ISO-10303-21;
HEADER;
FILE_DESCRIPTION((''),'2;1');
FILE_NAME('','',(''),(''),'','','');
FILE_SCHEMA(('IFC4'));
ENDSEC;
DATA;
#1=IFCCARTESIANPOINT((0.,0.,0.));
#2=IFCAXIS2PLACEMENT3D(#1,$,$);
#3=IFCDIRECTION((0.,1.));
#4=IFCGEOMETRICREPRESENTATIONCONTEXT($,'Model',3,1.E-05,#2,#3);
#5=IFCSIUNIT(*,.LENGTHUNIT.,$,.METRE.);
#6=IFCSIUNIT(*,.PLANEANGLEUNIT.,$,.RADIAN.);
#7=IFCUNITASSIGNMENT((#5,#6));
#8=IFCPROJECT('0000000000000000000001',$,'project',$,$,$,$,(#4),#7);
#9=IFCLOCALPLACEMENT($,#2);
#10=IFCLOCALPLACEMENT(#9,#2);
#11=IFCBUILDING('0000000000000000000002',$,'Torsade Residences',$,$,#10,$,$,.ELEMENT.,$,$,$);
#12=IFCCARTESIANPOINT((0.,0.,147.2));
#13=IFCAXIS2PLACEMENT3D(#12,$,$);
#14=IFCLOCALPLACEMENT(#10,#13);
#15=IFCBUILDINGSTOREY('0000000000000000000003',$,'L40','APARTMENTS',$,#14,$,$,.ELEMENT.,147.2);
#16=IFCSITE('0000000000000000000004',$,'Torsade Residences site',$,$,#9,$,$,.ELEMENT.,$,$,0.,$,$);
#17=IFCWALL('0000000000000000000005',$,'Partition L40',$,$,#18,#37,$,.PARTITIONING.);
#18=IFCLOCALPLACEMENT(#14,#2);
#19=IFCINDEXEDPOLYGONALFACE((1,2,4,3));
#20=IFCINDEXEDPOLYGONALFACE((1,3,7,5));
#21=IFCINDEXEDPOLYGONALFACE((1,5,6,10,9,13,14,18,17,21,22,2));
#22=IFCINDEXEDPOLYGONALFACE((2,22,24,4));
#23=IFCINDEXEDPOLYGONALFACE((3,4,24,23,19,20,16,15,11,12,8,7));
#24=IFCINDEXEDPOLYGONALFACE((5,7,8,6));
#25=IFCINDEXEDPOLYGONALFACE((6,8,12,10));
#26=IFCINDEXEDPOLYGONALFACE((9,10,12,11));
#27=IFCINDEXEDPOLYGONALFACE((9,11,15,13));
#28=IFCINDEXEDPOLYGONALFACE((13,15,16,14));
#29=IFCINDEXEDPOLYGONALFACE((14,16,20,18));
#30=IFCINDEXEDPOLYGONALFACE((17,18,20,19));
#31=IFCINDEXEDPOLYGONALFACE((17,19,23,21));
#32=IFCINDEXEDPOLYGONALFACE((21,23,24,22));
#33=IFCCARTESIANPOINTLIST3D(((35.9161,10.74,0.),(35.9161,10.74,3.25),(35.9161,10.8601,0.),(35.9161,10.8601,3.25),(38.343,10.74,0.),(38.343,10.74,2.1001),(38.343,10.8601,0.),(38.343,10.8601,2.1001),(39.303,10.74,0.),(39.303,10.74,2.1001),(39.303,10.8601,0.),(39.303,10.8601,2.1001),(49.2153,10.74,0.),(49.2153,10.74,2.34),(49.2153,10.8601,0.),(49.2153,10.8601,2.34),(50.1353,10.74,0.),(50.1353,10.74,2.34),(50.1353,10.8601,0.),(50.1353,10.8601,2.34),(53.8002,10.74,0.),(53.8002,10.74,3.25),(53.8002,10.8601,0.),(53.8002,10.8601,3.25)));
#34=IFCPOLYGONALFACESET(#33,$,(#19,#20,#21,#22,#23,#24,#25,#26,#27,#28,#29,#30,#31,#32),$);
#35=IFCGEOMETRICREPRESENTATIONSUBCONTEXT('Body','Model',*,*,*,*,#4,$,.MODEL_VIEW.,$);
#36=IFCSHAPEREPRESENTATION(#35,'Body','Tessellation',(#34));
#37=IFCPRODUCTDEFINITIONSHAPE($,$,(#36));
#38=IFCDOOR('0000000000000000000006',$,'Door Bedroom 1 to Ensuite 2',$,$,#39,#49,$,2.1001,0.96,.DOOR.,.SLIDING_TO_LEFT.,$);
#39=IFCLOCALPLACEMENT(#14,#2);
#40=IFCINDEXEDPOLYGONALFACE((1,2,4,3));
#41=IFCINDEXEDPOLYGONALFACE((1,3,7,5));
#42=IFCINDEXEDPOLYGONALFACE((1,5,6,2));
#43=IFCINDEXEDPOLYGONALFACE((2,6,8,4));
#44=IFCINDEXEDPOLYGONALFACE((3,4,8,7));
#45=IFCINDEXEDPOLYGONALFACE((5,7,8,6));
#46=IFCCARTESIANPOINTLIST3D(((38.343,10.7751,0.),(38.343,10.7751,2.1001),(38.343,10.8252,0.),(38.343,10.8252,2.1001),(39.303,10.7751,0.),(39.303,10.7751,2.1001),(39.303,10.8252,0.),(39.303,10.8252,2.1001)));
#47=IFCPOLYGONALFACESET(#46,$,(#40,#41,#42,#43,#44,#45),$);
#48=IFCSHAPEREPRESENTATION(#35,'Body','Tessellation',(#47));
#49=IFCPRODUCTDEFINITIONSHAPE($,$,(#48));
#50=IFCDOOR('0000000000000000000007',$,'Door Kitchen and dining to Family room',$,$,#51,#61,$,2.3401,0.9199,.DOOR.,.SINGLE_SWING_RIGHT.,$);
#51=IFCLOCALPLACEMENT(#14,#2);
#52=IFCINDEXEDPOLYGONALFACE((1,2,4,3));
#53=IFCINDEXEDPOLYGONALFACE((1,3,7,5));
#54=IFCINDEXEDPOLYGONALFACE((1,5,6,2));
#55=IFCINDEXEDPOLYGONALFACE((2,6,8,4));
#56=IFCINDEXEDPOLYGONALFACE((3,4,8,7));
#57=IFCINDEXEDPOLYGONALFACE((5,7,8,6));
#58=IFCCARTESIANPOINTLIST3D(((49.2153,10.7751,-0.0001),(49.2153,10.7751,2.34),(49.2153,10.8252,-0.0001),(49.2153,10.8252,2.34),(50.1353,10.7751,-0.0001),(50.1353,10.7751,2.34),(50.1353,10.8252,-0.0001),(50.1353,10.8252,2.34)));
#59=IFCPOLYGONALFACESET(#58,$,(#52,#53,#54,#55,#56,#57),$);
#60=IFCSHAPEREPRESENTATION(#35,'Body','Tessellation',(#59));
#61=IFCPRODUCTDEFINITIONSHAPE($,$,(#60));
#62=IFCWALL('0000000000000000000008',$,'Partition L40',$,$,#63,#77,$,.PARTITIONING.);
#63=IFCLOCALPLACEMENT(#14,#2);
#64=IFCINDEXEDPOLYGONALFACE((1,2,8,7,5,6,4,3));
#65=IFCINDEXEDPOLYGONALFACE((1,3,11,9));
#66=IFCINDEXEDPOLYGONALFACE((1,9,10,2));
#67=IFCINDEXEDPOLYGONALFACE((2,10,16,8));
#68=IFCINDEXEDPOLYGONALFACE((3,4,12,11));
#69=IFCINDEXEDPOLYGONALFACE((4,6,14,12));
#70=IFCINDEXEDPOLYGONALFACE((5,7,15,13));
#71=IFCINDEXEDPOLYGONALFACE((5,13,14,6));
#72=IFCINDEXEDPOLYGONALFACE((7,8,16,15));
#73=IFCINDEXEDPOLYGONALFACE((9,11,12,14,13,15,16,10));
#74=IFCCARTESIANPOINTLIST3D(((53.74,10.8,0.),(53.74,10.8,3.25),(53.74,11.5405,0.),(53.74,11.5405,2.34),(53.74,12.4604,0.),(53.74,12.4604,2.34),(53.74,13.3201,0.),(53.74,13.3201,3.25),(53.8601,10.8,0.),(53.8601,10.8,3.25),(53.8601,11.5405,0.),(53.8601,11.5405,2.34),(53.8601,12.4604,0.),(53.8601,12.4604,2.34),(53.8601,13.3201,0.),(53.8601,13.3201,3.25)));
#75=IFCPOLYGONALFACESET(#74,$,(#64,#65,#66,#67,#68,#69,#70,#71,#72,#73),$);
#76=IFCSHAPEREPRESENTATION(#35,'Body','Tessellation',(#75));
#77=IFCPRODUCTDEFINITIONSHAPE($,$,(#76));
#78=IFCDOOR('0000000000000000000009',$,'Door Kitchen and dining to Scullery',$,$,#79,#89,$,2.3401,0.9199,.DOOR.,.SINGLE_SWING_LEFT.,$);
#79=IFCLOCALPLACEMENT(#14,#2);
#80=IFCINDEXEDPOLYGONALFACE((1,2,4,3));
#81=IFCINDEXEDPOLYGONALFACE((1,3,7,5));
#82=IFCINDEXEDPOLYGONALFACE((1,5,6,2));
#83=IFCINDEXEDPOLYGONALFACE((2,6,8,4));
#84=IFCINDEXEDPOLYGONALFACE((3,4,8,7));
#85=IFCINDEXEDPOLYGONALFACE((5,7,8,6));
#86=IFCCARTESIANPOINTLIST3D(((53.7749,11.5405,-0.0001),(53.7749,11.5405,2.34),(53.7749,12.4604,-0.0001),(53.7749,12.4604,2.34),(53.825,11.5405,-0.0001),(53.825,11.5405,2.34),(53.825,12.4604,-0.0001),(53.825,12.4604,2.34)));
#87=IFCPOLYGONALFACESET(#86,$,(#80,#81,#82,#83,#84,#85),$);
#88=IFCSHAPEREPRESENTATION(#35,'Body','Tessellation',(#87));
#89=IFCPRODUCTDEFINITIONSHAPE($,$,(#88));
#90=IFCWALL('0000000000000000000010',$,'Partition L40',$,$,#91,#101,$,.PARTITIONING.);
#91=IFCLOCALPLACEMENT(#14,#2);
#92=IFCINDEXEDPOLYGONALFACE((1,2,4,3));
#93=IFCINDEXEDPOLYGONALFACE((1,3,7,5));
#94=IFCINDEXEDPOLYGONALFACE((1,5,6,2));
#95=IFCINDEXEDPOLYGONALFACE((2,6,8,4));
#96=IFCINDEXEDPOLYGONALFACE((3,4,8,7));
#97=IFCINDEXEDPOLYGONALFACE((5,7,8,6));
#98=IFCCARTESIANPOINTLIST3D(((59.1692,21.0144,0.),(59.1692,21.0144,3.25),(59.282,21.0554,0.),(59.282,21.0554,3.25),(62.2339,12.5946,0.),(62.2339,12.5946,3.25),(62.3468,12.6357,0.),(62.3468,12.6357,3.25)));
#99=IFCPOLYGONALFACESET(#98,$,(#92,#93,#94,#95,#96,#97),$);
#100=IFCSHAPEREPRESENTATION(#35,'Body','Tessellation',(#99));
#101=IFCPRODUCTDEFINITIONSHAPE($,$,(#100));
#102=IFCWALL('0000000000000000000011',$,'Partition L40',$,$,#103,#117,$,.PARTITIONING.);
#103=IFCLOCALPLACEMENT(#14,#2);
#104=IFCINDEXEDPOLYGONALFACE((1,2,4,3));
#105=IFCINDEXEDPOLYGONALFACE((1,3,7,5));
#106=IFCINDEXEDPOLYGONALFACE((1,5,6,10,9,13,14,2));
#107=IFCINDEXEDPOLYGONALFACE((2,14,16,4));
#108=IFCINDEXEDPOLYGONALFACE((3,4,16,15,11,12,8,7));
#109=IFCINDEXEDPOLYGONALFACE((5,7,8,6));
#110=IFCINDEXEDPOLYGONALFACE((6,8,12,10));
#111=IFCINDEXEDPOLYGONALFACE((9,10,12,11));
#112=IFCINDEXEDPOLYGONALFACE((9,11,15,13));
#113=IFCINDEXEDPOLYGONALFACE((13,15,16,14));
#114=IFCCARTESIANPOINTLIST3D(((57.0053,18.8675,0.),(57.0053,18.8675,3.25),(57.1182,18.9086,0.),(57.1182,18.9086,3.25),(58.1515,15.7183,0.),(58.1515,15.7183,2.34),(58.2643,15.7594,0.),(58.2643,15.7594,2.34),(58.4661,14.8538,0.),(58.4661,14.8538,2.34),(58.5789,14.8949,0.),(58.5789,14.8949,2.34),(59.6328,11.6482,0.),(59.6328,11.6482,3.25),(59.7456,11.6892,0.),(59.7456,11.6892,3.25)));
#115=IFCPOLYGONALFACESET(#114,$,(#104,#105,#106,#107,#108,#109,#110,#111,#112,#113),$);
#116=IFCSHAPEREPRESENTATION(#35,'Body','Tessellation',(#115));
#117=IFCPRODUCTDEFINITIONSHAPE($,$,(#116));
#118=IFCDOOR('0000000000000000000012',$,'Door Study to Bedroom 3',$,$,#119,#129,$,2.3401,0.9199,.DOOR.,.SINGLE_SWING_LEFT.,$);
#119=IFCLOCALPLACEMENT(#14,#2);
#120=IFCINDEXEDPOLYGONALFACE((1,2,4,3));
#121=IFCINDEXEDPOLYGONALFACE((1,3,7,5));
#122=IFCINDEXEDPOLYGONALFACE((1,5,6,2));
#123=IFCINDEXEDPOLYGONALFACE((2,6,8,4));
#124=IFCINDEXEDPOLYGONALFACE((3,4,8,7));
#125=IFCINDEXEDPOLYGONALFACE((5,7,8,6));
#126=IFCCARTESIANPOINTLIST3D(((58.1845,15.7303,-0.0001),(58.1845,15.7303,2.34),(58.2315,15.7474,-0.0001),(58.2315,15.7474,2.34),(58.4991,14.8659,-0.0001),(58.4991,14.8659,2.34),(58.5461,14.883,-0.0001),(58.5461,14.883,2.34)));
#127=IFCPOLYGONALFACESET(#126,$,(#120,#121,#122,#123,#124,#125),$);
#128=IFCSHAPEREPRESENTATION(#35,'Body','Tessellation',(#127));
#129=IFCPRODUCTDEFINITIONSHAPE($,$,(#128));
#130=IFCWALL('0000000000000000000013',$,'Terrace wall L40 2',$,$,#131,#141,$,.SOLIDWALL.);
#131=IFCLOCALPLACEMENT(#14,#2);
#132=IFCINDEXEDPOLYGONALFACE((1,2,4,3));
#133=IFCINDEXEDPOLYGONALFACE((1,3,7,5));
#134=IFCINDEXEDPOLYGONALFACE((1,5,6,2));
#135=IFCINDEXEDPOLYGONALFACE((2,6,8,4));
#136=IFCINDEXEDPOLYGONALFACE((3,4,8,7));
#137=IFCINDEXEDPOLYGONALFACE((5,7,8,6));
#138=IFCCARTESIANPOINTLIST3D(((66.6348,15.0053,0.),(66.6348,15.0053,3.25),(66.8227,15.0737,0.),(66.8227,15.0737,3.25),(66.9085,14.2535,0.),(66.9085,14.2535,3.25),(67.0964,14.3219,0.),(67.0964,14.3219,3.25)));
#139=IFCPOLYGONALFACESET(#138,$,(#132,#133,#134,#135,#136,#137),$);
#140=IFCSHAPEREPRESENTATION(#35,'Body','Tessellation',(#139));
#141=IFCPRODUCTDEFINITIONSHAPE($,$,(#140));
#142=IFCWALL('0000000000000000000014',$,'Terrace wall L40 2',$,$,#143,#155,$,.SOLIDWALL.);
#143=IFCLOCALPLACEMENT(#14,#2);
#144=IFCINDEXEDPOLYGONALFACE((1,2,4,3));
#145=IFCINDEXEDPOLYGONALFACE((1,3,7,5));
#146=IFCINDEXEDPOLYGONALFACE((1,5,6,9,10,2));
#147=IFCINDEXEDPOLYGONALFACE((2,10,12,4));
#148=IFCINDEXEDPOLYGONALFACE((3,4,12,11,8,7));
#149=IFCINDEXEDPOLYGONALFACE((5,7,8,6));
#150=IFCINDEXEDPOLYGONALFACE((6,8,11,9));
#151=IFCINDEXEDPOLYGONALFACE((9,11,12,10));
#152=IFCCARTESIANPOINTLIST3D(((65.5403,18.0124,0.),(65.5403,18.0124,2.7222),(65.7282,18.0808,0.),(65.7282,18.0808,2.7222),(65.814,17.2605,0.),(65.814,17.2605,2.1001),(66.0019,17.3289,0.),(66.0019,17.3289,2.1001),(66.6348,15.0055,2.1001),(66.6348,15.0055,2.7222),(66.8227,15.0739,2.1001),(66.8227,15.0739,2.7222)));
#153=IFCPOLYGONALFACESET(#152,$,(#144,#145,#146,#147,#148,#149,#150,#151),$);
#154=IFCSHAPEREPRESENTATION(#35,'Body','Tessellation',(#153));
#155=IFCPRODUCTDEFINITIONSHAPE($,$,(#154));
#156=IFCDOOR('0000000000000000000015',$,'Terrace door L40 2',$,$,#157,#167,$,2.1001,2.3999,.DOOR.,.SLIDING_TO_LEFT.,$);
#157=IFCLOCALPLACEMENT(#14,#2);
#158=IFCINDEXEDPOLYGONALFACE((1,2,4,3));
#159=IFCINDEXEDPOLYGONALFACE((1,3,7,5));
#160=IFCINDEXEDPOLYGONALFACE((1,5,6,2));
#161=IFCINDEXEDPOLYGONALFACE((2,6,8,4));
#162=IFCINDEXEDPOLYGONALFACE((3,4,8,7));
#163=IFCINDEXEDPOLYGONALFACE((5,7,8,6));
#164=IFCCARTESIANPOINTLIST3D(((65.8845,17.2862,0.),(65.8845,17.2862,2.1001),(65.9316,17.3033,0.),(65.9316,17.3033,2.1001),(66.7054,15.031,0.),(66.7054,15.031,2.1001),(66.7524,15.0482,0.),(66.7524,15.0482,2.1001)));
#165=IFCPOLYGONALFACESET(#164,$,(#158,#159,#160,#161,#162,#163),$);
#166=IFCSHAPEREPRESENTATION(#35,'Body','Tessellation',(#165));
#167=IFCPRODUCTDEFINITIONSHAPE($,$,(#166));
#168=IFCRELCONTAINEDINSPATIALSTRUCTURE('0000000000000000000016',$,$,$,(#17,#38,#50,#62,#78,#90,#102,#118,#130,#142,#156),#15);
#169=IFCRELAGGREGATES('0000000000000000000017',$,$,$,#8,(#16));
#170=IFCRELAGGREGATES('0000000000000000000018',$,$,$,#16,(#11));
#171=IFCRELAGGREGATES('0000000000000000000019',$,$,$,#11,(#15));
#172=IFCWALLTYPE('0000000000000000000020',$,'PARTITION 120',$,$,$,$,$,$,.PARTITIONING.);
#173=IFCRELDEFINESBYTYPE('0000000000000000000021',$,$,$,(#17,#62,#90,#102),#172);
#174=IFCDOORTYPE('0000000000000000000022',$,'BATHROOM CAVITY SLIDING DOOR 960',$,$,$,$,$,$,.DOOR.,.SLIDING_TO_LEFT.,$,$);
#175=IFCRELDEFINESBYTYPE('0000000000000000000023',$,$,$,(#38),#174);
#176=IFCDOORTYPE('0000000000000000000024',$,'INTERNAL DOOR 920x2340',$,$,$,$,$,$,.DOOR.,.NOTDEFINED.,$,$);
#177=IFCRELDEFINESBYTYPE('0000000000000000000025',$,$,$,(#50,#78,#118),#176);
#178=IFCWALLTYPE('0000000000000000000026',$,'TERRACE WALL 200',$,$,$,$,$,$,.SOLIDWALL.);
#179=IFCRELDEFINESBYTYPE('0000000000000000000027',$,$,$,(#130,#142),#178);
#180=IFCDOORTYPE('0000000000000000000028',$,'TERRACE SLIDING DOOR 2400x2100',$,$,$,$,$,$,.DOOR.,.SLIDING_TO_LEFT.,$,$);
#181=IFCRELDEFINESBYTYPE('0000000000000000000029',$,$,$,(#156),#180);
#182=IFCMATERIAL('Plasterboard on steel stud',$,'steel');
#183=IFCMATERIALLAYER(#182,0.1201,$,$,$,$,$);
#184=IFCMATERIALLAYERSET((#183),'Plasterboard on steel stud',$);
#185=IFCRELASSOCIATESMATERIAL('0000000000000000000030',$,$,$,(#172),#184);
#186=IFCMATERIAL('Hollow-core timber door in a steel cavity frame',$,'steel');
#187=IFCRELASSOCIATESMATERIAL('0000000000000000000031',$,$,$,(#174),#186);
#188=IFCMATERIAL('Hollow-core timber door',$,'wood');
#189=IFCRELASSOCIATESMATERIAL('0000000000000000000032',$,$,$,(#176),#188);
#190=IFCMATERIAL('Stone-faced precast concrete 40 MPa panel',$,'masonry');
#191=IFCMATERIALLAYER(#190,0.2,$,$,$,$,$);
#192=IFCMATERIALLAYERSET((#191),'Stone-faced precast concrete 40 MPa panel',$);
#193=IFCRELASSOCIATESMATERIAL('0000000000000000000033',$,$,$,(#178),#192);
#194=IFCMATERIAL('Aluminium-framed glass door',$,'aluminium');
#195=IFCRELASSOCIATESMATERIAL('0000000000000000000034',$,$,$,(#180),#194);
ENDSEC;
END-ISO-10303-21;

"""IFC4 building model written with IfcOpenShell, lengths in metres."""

from ifc_helpers import new_model, si_unit, direction, frame, frame_2d, origin, place, context, subcontext, project, spatial, rectangle, extrude, material, layer, layer_set, type_object, element, fill, save


model = new_model("IFC4")

# Units and contexts
model_context = context("Model", 3, precision=1e-05, world=origin(), true_north=direction((0.0, 1.0)))
body_context = subcontext(model_context, "Body", "Model", "MODEL_VIEW")
ifc_project = project(units=[si_unit("LENGTHUNIT", "METRE"), si_unit("PLANEANGLEUNIT", "RADIAN")], contexts=[model_context])

# Site, building, storey
site_placement = place(None, origin())
site = spatial("IfcSite", under=ifc_project, at=site_placement, Name="Torsade Residences site", CompositionType="ELEMENT", RefElevation=0.0)
building_placement = place(site_placement, origin())
building = spatial("IfcBuilding", under=site, at=building_placement, Name="Torsade Residences", CompositionType="ELEMENT")
storey_placement = place(building_placement, frame((0.0, 0.0, 147.2)))
storey = spatial("IfcBuildingStorey", under=building, at=storey_placement, Name="L40", Description="APARTMENTS", CompositionType="ELEMENT", Elevation=147.2)

# Wall, openings, doors
ifc_material_1 = material(Name="Plasterboard on steel stud", Category="steel")
ifc_layer_1 = layer(ifc_material_1, 0.1201)
ifc_layer_set_1 = layer_set([ifc_layer_1], Name="Plasterboard on steel stud")
wall_type_1 = type_object("IfcWallType", Name="PARTITION 120", PredefinedType="PARTITIONING", material=ifc_layer_set_1)
wall_1_placement = place(storey_placement, frame((53.8, 10.8, 0.0), z_axis=(0.0, 0.0, 1.0), x_axis=(-1.0, 0.0, 0.0)))
wall_1 = element("IfcWall", 1, at=wall_1_placement, inside=storey, type_object=wall_type_1, Name="Partition L40", PredefinedType="PARTITIONING", context=body_context, shape_type="SweptSolid", body=[
    extrude(rectangle(XDim=17.884, YDim=0.1201, at=frame_2d((8.9419, 0.0))), origin(), (0.0, 0.0, 1.0), 3.25),
])
opening_1_placement = place(wall_1_placement, frame((3.6648, 0.0, 0.0)))
opening_1 = element("IfcOpeningElement", 2, at=opening_1_placement, cuts=wall_1, PredefinedType="OPENING", context=body_context, shape_type="SweptSolid", body=[
    extrude(rectangle(XDim=0.9199, YDim=2.3401, at=frame_2d((0.46, 1.1699))), frame((0.0, 0.0701, 0.0), z_axis=(0.0, -1.0, 0.0), x_axis=(1.0, 0.0, 0.0)), (0.0, 0.0, 1.0), 0.1401),
])
opening_2_placement = place(wall_1_placement, frame((14.4971, 0.0, 0.0)))
opening_2 = element("IfcOpeningElement", 3, at=opening_2_placement, cuts=wall_1, PredefinedType="OPENING", context=body_context, shape_type="SweptSolid", body=[
    extrude(rectangle(XDim=0.96, YDim=2.1001, at=frame_2d((0.48, 1.05))), frame((0.0, 0.0701, 0.0), z_axis=(0.0, -1.0, 0.0), x_axis=(1.0, 0.0, 0.0)), (0.0, 0.0, 1.0), 0.1401),
])
ifc_material_2 = material(Name="Hollow-core timber door in a steel cavity frame", Category="steel")
door_type_1 = type_object("IfcDoorType", Name="BATHROOM CAVITY SLIDING DOOR 960", OperationType="SLIDING_TO_LEFT", PredefinedType="DOOR", material=ifc_material_2)
door_1_placement = place(opening_2_placement, origin())
door_1 = element("IfcDoor", 4, at=door_1_placement, inside=storey, type_object=door_type_1, Name="Door Bedroom 1 to Ensuite 2", OperationType="SLIDING_TO_LEFT", OverallHeight=2.1001, OverallWidth=0.96, PredefinedType="DOOR", context=body_context, shape_type="SweptSolid", body=[
    extrude(rectangle(XDim=0.96, YDim=2.1001, at=frame_2d((0.48, 1.05))), frame((0.0, 0.0249, 0.0), z_axis=(0.0, -1.0, 0.0), x_axis=(1.0, 0.0, 0.0)), (0.0, 0.0, 1.0), 0.05),
])
fill(opening_2, door_1)
ifc_material_3 = material(Name="Hollow-core timber door", Category="wood")
door_type_2 = type_object("IfcDoorType", Name="INTERNAL DOOR 920x2340", OperationType="NOTDEFINED", PredefinedType="DOOR", material=ifc_material_3)
door_2_placement = place(opening_1_placement, origin())
door_2 = element("IfcDoor", 5, at=door_2_placement, inside=storey, type_object=door_type_2, Name="Door Kitchen and dining to Family room", OperationType="SINGLE_SWING_RIGHT", OverallHeight=2.3401, OverallWidth=0.9199, PredefinedType="DOOR", context=body_context, shape_type="SweptSolid", body=[
    extrude(rectangle(XDim=0.9199, YDim=2.3401, at=frame_2d((0.46, 1.1699))), frame((0.0, 0.0249, 0.0), z_axis=(0.0, -1.0, 0.0), x_axis=(1.0, 0.0, 0.0)), (0.0, 0.0, 1.0), 0.05),
])
fill(opening_1, door_2)

# Wall, opening, door
wall_2_placement = place(storey_placement, frame((53.8, 13.3201, 0.0), z_axis=(0.0, 0.0, 1.0), x_axis=(0.0, -1.0, 0.0)))
wall_2 = element("IfcWall", 6, at=wall_2_placement, inside=storey, type_object=wall_type_1, Name="Partition L40", PredefinedType="PARTITIONING", context=body_context, shape_type="SweptSolid", body=[
    extrude(rectangle(XDim=2.52, YDim=0.1201, at=frame_2d((1.26, 0.0))), origin(), (0.0, 0.0, 1.0), 3.25),
])
opening_3_placement = place(wall_2_placement, frame((0.8596, 0.0, 0.0)))
opening_3 = element("IfcOpeningElement", 7, at=opening_3_placement, cuts=wall_2, PredefinedType="OPENING", context=body_context, shape_type="SweptSolid", body=[
    extrude(rectangle(XDim=0.9199, YDim=2.3401, at=frame_2d((0.46, 1.1699))), frame((0.0, 0.0701, 0.0), z_axis=(0.0, -1.0, 0.0), x_axis=(1.0, 0.0, 0.0)), (0.0, 0.0, 1.0), 0.1401),
])
door_3_placement = place(opening_3_placement, origin())
door_3 = element("IfcDoor", 8, at=door_3_placement, inside=storey, type_object=door_type_2, Name="Door Kitchen and dining to Scullery", OperationType="SINGLE_SWING_LEFT", OverallHeight=2.3401, OverallWidth=0.9199, PredefinedType="DOOR", context=body_context, shape_type="SweptSolid", body=[
    extrude(rectangle(XDim=0.9199, YDim=2.3401, at=frame_2d((0.46, 1.1699))), frame((0.0, 0.0249, 0.0), z_axis=(0.0, -1.0, 0.0), x_axis=(1.0, 0.0, 0.0)), (0.0, 0.0, 1.0), 0.05),
])
fill(opening_3, door_3)

# Wall
wall_3_placement = place(storey_placement, frame((62.2903, 12.6152, 0.0), z_axis=(0.0, 0.0, 1.0), x_axis=(-0.342038, 0.939686, 0.0)))
element("IfcWall", 9, at=wall_3_placement, inside=storey, type_object=wall_type_1, Name="Partition L40", PredefinedType="PARTITIONING", context=body_context, shape_type="SweptSolid", body=[
    extrude(rectangle(XDim=8.9602, YDim=0.1201, at=frame_2d((4.48, 0.0))), origin(), (0.0, 0.0, 1.0), 3.25),
])

# Wall, opening, door
wall_4_placement = place(storey_placement, frame((59.6892, 11.6687, 0.0), z_axis=(0.0, 0.0, 1.0), x_axis=(-0.342003, 0.939699, 0.0)))
wall_4 = element("IfcWall", 10, at=wall_4_placement, inside=storey, type_object=wall_type_1, Name="Partition L40", PredefinedType="PARTITIONING", context=body_context, shape_type="SweptSolid", body=[
    extrude(rectangle(XDim=7.6826, YDim=0.1201, at=frame_2d((3.8413, 0.0))), origin(), (0.0, 0.0, 1.0), 3.25),
])
opening_4_placement = place(wall_4_placement, frame((3.4114, 0.0, 0.0)))
opening_4 = element("IfcOpeningElement", 11, at=opening_4_placement, cuts=wall_4, PredefinedType="OPENING", context=body_context, shape_type="SweptSolid", body=[
    extrude(rectangle(XDim=0.9199, YDim=2.3401, at=frame_2d((0.46, 1.1699))), frame((0.0, 0.0701, 0.0), z_axis=(0.0, -1.0, 0.0), x_axis=(1.0, 0.0, 0.0)), (0.0, 0.0, 1.0), 0.1401),
])
door_4_placement = place(opening_4_placement, origin())
door_4 = element("IfcDoor", 12, at=door_4_placement, inside=storey, type_object=door_type_2, Name="Door Study to Bedroom 3", OperationType="SINGLE_SWING_LEFT", OverallHeight=2.3401, OverallWidth=0.9199, PredefinedType="DOOR", context=body_context, shape_type="SweptSolid", body=[
    extrude(rectangle(XDim=0.9199, YDim=2.3401, at=frame_2d((0.46, 1.1699))), frame((0.0, 0.0249, 0.0), z_axis=(0.0, -1.0, 0.0), x_axis=(1.0, 0.0, 0.0)), (0.0, 0.0, 1.0), 0.05),
])
fill(opening_4, door_4)

# Wall
ifc_material_4 = material(Name="Stone-faced precast concrete 40 MPa panel", Category="masonry")
ifc_layer_2 = layer(ifc_material_4, 0.2)
ifc_layer_set_2 = layer_set([ifc_layer_2], Name="Stone-faced precast concrete 40 MPa panel")
wall_type_2 = type_object("IfcWallType", Name="TERRACE WALL 200", PredefinedType="SOLIDWALL", material=ifc_layer_set_2)
wall_5_placement = place(storey_placement, frame((67.0024, 14.2878, 0.0), z_axis=(0.0, 0.0, 1.0), x_axis=(-0.342111, 0.93966, 0.0)))
element("IfcWall", 13, at=wall_5_placement, inside=storey, type_object=wall_type_2, Name="Terrace wall L40 2", PredefinedType="SOLIDWALL", context=body_context, shape_type="SweptSolid", body=[
    extrude(rectangle(XDim=0.8, YDim=0.2, at=frame_2d((0.3999, 0.0))), origin(), (0.0, 0.0, 1.0), 3.25),
])

# Wall, opening, door
wall_6_placement = place(storey_placement, frame((66.7288, 15.0396, 0.0), z_axis=(0.0, 0.0, 1.0), x_axis=(-0.342019, 0.939693, 0.0)))
wall_6 = element("IfcWall", 14, at=wall_6_placement, inside=storey, type_object=wall_type_2, Name="Terrace wall L40 2", PredefinedType="SOLIDWALL", context=body_context, shape_type="SweptSolid", body=[
    extrude(rectangle(XDim=3.2, YDim=0.2, at=frame_2d((1.6001, 0.0))), origin(), (0.0, 0.0, 1.0), 2.7222),
])
opening_5_placement = place(wall_6_placement, origin())
opening_5 = element("IfcOpeningElement", 15, at=opening_5_placement, cuts=wall_6, PredefinedType="OPENING", context=body_context, shape_type="SweptSolid", body=[
    extrude(rectangle(XDim=2.3999, YDim=2.1001, at=frame_2d((1.2, 1.05))), frame((0.0, 0.1099, 0.0), z_axis=(0.0, -1.0, 0.0), x_axis=(1.0, 0.0, 0.0)), (0.0, 0.0, 1.0), 0.22),
])
ifc_material_5 = material(Name="Aluminium-framed glass door", Category="aluminium")
door_type_3 = type_object("IfcDoorType", Name="TERRACE SLIDING DOOR 2400x2100", OperationType="SLIDING_TO_LEFT", PredefinedType="DOOR", material=ifc_material_5)
door_5_placement = place(opening_5_placement, origin())
door_5 = element("IfcDoor", 16, at=door_5_placement, inside=storey, type_object=door_type_3, Name="Terrace door L40 2", OperationType="SLIDING_TO_LEFT", OverallHeight=2.1001, OverallWidth=2.3999, PredefinedType="DOOR", context=body_context, shape_type="SweptSolid", body=[
    extrude(rectangle(XDim=2.3999, YDim=2.1001, at=frame_2d((1.2, 1.05))), frame((0.0, 0.0249, 0.0), z_axis=(0.0, -1.0, 0.0), x_axis=(1.0, 0.0, 0.0)), (0.0, 0.0, 1.0), 0.05),
])
fill(opening_5, door_5)

save(model, "model.ifc")
